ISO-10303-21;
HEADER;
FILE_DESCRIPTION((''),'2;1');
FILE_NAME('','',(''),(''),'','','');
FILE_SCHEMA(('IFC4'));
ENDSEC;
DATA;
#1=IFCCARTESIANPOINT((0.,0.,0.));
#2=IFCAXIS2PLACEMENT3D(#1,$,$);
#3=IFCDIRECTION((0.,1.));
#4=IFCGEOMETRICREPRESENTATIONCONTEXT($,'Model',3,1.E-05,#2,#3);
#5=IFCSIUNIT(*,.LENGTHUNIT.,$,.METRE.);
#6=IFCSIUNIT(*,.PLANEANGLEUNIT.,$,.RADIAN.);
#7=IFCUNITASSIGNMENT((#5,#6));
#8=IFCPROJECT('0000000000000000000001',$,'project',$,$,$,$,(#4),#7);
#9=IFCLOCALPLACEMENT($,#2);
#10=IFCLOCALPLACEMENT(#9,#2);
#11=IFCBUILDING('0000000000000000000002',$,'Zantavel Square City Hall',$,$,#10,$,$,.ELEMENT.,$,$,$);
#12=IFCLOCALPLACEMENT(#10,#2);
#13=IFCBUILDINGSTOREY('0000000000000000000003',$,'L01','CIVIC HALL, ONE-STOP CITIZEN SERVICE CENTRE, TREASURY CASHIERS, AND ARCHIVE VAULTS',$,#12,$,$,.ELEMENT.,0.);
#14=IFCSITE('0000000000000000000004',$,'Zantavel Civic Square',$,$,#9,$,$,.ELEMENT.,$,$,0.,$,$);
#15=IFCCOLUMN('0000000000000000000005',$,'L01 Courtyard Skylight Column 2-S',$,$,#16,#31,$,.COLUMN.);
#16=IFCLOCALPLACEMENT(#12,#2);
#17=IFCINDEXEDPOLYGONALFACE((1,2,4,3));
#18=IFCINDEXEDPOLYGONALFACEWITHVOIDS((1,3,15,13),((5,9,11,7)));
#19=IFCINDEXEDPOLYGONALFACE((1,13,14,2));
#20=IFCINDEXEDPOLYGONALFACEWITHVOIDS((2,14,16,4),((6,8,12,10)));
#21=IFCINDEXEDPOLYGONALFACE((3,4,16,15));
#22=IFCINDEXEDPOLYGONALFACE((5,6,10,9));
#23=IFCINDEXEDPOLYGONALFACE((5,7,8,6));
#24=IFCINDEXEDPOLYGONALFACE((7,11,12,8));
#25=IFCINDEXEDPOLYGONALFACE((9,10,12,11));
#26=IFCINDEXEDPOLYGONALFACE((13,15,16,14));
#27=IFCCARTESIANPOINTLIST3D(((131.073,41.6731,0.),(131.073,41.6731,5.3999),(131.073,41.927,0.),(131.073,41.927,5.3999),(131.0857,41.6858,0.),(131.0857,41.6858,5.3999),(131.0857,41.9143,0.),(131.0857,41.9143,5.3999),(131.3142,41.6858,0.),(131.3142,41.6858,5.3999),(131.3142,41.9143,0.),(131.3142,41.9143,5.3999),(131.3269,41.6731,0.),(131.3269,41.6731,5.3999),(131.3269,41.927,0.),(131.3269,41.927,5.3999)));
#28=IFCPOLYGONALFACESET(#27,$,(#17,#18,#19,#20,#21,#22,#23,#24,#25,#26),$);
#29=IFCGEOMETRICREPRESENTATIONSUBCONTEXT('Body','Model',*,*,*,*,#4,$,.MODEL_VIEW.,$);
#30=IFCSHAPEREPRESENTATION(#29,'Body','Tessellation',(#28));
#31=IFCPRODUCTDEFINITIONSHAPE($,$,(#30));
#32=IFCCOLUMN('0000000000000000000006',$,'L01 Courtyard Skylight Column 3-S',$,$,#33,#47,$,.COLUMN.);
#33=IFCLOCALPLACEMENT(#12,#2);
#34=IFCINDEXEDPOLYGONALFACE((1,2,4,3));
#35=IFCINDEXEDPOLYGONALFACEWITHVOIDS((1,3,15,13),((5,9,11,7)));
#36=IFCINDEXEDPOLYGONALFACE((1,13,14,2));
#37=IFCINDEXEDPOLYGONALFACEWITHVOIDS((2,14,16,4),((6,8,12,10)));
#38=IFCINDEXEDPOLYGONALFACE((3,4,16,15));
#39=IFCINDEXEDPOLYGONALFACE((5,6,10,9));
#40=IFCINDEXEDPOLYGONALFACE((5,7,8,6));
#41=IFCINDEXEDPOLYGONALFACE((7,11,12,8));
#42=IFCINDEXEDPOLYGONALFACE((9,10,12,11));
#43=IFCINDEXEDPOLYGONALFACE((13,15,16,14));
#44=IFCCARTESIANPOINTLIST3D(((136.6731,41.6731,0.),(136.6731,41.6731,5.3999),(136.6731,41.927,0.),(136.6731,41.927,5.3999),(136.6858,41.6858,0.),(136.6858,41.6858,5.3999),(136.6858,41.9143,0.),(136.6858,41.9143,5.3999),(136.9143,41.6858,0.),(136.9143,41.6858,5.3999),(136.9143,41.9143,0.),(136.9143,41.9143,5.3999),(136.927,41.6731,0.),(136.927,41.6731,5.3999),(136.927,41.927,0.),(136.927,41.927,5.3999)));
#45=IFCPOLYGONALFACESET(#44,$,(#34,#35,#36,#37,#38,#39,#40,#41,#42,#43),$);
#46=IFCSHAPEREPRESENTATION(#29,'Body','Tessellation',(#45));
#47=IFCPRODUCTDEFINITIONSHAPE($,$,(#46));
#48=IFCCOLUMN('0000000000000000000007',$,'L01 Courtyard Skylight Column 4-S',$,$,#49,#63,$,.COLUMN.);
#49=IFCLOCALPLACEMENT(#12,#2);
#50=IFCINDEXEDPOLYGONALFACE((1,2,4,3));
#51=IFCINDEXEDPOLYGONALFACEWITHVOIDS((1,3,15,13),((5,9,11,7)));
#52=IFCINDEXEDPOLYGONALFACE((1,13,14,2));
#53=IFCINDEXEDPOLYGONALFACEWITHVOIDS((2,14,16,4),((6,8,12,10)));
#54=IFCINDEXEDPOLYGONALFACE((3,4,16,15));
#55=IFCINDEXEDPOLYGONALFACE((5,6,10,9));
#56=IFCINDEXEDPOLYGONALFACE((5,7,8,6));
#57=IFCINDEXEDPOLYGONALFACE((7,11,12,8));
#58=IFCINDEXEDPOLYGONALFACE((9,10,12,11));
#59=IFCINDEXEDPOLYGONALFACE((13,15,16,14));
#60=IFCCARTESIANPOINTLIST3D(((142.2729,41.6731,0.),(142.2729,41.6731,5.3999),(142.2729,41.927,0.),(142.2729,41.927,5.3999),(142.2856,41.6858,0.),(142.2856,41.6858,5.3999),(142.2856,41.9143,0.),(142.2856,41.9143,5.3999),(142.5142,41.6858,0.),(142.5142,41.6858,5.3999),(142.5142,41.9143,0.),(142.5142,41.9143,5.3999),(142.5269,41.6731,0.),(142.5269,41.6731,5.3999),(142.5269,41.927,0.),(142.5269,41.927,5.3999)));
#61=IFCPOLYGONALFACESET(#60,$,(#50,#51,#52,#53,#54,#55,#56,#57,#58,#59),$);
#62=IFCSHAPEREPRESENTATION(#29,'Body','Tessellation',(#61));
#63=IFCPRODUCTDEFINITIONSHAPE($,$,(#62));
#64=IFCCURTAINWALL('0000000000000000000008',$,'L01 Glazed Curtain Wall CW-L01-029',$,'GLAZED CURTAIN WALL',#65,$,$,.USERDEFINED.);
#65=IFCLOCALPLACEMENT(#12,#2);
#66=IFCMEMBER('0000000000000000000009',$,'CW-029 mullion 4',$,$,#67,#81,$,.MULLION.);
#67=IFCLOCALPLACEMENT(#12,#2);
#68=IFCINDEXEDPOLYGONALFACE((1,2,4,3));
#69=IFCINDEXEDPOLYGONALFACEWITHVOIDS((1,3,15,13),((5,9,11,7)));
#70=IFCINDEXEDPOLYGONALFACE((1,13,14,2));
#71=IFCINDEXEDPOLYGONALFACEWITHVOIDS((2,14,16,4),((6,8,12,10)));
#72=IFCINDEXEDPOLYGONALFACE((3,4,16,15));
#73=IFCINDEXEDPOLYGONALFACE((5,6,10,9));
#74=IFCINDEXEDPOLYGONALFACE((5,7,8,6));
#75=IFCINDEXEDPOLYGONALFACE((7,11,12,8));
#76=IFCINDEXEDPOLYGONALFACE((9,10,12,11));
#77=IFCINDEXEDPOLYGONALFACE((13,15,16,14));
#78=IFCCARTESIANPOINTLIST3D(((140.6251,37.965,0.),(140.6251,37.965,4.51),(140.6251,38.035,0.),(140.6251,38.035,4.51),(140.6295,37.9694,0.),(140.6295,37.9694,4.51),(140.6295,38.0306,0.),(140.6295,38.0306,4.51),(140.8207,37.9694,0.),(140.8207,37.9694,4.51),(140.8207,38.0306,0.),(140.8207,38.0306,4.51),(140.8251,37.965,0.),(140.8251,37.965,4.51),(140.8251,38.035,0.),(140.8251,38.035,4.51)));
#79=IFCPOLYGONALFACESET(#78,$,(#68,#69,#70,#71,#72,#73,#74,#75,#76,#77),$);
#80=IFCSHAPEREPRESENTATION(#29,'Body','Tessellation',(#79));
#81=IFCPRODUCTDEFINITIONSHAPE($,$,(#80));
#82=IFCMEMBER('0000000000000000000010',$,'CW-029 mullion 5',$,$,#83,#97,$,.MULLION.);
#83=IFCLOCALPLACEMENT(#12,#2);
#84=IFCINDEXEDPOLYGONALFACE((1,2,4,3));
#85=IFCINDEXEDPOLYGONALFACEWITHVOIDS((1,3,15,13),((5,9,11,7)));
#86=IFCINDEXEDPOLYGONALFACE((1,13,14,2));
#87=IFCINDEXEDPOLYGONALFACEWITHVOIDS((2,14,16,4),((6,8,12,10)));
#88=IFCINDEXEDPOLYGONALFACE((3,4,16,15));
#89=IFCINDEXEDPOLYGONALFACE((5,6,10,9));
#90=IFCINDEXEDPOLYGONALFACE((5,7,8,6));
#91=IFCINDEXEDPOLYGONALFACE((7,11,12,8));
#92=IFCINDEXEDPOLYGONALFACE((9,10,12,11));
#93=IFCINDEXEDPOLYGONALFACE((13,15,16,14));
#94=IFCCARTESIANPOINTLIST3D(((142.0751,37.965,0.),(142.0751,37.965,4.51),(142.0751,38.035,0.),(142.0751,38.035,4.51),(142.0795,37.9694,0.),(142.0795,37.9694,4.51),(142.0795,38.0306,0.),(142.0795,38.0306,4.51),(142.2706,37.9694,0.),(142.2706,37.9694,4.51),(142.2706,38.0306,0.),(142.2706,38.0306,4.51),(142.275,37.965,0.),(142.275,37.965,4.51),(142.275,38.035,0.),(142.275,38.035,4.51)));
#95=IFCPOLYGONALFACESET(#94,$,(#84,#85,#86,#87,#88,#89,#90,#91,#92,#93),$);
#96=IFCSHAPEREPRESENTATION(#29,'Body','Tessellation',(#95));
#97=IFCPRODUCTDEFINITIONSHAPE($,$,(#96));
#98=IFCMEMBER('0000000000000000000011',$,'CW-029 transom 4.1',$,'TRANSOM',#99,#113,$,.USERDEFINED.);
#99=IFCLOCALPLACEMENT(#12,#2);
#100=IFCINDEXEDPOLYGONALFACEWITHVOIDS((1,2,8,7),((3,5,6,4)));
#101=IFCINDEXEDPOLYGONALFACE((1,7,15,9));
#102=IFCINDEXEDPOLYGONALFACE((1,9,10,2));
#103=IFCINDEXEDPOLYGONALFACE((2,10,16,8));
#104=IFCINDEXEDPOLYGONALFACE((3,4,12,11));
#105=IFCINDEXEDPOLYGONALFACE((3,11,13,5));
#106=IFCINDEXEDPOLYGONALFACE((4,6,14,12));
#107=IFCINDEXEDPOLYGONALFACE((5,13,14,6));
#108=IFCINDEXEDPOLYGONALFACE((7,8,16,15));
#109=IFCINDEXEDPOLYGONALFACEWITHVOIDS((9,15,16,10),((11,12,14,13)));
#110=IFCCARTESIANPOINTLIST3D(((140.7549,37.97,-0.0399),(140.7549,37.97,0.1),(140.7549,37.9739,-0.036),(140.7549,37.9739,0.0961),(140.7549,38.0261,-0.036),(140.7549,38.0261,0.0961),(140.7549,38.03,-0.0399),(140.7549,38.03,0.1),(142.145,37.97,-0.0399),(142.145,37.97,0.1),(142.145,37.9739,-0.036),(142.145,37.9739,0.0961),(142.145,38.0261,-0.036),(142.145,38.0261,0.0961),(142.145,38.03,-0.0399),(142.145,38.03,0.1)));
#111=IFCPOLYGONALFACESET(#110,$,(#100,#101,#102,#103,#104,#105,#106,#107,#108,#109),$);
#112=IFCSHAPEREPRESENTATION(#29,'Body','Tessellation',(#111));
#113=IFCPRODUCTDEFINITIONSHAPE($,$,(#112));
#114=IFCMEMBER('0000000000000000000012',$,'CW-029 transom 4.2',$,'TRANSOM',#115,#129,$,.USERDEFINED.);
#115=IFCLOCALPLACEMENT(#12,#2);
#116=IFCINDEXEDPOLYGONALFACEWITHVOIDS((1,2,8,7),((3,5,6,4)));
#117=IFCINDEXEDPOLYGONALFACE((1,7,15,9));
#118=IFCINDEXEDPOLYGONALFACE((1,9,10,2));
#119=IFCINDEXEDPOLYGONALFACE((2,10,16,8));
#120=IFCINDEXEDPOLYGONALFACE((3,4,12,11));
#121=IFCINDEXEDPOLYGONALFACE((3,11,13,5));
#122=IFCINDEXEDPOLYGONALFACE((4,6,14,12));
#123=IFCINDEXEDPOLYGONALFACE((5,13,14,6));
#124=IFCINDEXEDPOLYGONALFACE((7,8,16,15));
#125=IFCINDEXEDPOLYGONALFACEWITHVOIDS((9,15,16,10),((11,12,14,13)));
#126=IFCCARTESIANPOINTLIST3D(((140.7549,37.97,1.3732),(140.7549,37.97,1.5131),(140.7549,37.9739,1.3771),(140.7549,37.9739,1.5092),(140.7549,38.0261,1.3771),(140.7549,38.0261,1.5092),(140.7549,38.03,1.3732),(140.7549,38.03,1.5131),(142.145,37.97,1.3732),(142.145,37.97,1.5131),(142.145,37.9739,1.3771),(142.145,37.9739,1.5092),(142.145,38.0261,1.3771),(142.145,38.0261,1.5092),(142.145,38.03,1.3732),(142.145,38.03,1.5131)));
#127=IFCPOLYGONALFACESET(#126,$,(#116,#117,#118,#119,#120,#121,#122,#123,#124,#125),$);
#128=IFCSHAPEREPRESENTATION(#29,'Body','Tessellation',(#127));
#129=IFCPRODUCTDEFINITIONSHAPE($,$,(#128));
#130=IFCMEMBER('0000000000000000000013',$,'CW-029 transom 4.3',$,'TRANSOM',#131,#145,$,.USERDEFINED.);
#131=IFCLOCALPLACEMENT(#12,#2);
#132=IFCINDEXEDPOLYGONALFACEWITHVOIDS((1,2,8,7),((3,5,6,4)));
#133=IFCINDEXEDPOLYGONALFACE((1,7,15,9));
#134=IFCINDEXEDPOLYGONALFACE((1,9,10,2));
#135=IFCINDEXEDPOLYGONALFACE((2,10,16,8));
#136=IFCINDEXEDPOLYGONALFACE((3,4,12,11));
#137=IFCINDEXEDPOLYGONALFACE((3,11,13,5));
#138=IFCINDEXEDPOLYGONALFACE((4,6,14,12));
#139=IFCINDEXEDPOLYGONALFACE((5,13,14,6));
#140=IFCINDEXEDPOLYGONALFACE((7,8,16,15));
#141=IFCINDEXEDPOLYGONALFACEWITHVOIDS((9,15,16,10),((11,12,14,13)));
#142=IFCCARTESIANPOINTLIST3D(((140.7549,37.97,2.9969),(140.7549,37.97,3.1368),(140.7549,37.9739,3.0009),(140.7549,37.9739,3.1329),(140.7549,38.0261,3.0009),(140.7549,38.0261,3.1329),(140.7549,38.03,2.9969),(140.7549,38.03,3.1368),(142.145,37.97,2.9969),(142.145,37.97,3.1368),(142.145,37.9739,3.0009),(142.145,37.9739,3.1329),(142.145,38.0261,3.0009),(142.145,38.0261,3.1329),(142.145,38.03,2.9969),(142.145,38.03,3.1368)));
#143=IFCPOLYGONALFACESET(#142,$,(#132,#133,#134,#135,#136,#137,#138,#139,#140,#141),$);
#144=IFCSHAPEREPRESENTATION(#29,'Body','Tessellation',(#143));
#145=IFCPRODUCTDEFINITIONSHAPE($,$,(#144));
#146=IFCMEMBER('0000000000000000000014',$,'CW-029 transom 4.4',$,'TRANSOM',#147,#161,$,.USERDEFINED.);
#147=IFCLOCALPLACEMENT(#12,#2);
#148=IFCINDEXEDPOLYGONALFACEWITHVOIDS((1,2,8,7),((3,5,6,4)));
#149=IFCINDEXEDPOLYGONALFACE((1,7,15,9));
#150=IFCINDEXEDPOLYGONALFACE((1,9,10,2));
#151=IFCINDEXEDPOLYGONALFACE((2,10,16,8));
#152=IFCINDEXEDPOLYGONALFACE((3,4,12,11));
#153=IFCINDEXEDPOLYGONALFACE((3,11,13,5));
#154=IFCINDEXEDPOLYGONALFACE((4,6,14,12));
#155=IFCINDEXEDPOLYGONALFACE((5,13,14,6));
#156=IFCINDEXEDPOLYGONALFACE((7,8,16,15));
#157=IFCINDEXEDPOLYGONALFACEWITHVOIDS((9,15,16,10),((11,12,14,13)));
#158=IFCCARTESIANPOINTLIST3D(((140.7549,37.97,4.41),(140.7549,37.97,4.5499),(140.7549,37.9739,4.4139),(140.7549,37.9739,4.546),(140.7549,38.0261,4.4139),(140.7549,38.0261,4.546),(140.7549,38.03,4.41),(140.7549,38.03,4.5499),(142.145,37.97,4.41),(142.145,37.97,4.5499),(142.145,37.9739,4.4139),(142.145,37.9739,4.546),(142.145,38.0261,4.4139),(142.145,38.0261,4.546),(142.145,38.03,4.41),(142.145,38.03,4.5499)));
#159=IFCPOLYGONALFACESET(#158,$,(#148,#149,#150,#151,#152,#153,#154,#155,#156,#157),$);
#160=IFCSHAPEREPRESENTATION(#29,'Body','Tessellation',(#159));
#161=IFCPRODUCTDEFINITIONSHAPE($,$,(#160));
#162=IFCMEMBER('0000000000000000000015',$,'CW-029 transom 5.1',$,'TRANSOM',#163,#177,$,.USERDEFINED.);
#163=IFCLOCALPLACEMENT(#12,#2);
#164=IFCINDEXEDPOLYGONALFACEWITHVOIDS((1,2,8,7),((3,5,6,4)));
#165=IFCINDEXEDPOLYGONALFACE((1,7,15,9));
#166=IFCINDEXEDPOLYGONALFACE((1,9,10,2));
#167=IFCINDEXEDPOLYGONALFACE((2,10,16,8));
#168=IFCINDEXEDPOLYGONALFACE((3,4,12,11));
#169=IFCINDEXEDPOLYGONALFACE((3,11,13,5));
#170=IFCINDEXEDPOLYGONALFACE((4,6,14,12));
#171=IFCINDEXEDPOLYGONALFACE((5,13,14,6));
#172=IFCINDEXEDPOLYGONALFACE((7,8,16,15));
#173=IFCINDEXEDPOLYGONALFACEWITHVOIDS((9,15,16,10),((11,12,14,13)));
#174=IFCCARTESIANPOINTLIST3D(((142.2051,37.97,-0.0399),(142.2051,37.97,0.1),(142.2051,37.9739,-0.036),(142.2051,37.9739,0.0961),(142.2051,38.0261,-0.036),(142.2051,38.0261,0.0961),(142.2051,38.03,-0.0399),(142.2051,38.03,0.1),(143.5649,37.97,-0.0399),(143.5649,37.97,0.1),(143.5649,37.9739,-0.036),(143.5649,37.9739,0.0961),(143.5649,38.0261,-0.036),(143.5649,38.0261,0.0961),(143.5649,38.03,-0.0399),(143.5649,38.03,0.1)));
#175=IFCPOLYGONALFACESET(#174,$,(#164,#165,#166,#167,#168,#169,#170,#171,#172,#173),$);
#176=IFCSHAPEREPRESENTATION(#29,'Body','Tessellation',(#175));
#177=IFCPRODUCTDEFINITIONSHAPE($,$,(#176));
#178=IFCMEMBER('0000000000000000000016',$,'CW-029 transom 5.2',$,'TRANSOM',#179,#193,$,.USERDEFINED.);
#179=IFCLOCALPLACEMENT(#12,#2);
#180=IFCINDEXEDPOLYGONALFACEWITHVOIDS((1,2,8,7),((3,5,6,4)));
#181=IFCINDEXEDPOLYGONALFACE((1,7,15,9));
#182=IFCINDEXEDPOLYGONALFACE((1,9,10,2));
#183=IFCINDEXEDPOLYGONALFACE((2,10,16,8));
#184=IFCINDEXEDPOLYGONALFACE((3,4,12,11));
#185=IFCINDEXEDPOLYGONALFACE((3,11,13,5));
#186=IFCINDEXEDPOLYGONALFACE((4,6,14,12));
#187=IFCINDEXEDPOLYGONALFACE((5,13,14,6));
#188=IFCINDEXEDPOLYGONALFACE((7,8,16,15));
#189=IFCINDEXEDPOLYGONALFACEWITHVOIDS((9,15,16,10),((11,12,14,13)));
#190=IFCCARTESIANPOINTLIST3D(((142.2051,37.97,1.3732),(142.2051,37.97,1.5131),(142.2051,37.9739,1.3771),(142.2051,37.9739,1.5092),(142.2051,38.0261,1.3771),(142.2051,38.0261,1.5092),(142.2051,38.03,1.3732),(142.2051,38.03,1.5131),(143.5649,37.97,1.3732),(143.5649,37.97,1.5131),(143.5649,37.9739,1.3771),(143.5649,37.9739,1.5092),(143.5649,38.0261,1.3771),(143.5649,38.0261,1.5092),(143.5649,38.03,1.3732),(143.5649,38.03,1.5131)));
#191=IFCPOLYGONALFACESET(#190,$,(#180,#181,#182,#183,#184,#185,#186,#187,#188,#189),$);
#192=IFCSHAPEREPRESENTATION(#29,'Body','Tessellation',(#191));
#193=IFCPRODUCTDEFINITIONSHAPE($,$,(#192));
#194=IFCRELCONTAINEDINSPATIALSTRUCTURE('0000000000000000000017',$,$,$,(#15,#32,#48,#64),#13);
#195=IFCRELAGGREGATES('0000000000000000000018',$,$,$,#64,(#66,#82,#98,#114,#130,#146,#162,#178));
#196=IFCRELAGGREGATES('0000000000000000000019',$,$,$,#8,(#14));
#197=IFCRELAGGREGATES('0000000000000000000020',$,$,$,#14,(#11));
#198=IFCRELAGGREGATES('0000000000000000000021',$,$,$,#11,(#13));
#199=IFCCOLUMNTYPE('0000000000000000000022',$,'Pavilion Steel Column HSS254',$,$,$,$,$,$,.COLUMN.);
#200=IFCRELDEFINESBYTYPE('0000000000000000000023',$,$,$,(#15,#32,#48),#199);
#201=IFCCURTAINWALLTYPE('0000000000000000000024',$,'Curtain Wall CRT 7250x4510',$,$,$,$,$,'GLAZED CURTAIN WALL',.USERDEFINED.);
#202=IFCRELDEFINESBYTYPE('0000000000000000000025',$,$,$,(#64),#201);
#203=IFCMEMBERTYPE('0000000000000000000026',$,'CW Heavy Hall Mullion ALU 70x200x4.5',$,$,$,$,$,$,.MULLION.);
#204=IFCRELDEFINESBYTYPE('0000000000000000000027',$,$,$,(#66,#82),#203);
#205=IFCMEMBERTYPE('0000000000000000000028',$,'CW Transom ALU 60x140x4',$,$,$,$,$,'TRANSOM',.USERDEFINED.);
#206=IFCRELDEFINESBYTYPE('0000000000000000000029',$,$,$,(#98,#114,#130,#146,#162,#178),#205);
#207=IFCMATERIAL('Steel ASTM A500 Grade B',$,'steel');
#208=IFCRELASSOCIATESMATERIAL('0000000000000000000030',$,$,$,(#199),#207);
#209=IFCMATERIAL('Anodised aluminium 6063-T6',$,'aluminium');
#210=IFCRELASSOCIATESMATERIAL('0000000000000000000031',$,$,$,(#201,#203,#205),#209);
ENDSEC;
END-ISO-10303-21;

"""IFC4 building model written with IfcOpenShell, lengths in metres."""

from ifc_helpers import new_model, si_unit, direction, frame, origin, origin_2d, place, context, subcontext, project, spatial, hollow_rectangle, extrude, material, material_profile, profile_set, type_object, element, aggregate, save


model = new_model("IFC4")

# Units and contexts
model_context = context("Model", 3, precision=1e-05, world=origin(), true_north=direction((0.0, 1.0)))
body_context = subcontext(model_context, "Body", "Model", "MODEL_VIEW")
ifc_project = project(units=[si_unit("LENGTHUNIT", "METRE"), si_unit("PLANEANGLEUNIT", "RADIAN")], contexts=[model_context])

# Site, building, storey
site_placement = place(None, origin())
site = spatial("IfcSite", under=ifc_project, at=site_placement, Name="Zantavel Civic Square", CompositionType="ELEMENT", RefElevation=0.0)
building_placement = place(site_placement, origin())
building = spatial("IfcBuilding", under=site, at=building_placement, Name="Zantavel Square City Hall", CompositionType="ELEMENT")
storey_placement = place(building_placement, origin())
storey = spatial("IfcBuildingStorey", under=building, at=storey_placement, Name="L01", Description="CIVIC HALL, ONE-STOP CITIZEN SERVICE CENTRE, TREASURY CASHIERS, AND ARCHIVE VAULTS", CompositionType="ELEMENT", Elevation=0.0)

# Columns
ifc_material_1 = material(Name="Steel ASTM A500 Grade B", Category="steel")
ifc_material_profile_1 = material_profile(ifc_material_1, hollow_rectangle(XDim=0.2539, YDim=0.2539, WallThickness=0.0127, at=origin_2d()), Name="HSS 254x254x12.7")
ifc_profile_set_1 = profile_set([ifc_material_profile_1], Name="Steel ASTM A500 Grade B")
column_type = type_object("IfcColumnType", Name="Pavilion Steel Column HSS254", PredefinedType="COLUMN", material=ifc_profile_set_1)
for number, where, z_axis, x_axis, name in (
    (1, (131.2, 41.8, 0.0), (0.0, 0.0, 1.0), (1.0, 0.0, 0.0), "L01 Courtyard Skylight Column 2-S"),
    (2, (136.8, 41.8, 0.0), (0.0, 0.0, 1.0), (1.0, 0.0, 0.0), "L01 Courtyard Skylight Column 3-S"),
    (3, (142.3999, 41.8, 0.0), (0.0, 0.0, 1.0), (1.0, 0.0, 0.0), "L01 Courtyard Skylight Column 4-S"),
):
    element("IfcColumn", number, at=place(storey_placement, frame(where, z_axis=z_axis, x_axis=x_axis)), inside=storey, type_object=column_type, Name=name, PredefinedType="COLUMN", context=body_context, shape_type="SweptSolid", body=[
        extrude(hollow_rectangle(XDim=0.2539, YDim=0.2539, WallThickness=0.0127, at=origin_2d()), origin(), (0.0, 0.0, 1.0), 5.3999),
    ])

# Curtain wall, members
ifc_material_2 = material(Name="Anodised aluminium 6063-T6", Category="aluminium")
curtain_wall_type = type_object("IfcCurtainWallType", Name="Curtain Wall CRT 7250x4510", ElementType="GLAZED CURTAIN WALL", PredefinedType="USERDEFINED", material=ifc_material_2)
curtain_wall_placement = place(storey_placement, origin())
curtain_wall = element("IfcCurtainWall", 4, at=curtain_wall_placement, inside=storey, type_object=curtain_wall_type, Name="L01 Glazed Curtain Wall CW-L01-029", ObjectType="GLAZED CURTAIN WALL", PredefinedType="USERDEFINED")
ifc_material_profile_2 = material_profile(ifc_material_2, hollow_rectangle(XDim=0.0701, YDim=0.2, WallThickness=0.0044, at=origin_2d()), Name="ALU 70x200x4.5")
ifc_profile_set_2 = profile_set([ifc_material_profile_2], Name="Anodised aluminium 6063-T6")
member_type_1 = type_object("IfcMemberType", Name="CW Heavy Hall Mullion ALU 70x200x4.5", PredefinedType="MULLION", material=ifc_profile_set_2)
member_1_placement = place(storey_placement, frame((140.7251, 38.0, 0.0), z_axis=(0.0, 0.0, 1.0), x_axis=(0.0, 1.0, 0.0)))
member_1 = element("IfcMember", 5, at=member_1_placement, type_object=member_type_1, Name="CW-029 mullion 4", PredefinedType="MULLION", context=body_context, shape_type="SweptSolid", body=[
    extrude(hollow_rectangle(XDim=0.0701, YDim=0.2, WallThickness=0.0044, at=origin_2d()), origin(), (0.0, 0.0, 1.0), 4.51),
])
member_2_placement = place(storey_placement, frame((142.175, 38.0, 0.0), z_axis=(0.0, 0.0, 1.0), x_axis=(0.0, 1.0, 0.0)))
member_2 = element("IfcMember", 6, at=member_2_placement, type_object=member_type_1, Name="CW-029 mullion 5", PredefinedType="MULLION", context=body_context, shape_type="SweptSolid", body=[
    extrude(hollow_rectangle(XDim=0.0701, YDim=0.2, WallThickness=0.0044, at=origin_2d()), origin(), (0.0, 0.0, 1.0), 4.51),
])
ifc_material_profile_3 = material_profile(ifc_material_2, hollow_rectangle(XDim=0.0601, YDim=0.1399, WallThickness=0.0039, at=origin_2d()), Name="ALU 60x140x4")
ifc_profile_set_3 = profile_set([ifc_material_profile_3], Name="Anodised aluminium 6063-T6")
member_type_2 = type_object("IfcMemberType", Name="CW Transom ALU 60x140x4", ElementType="TRANSOM", PredefinedType="USERDEFINED", material=ifc_profile_set_3)
member_3_placement = place(storey_placement, frame((140.7549, 38.0, 0.03), z_axis=(1.0, 0.0, 0.0), x_axis=(0.0, 1.0, 0.0)))
member_3 = element("IfcMember", 7, at=member_3_placement, type_object=member_type_2, Name="CW-029 transom 4.1", ObjectType="TRANSOM", PredefinedType="USERDEFINED", context=body_context, shape_type="SweptSolid", body=[
    extrude(hollow_rectangle(XDim=0.0601, YDim=0.1399, WallThickness=0.0039, at=origin_2d()), origin(), (0.0, 0.0, 1.0), 1.3901),
])
member_4_placement = place(storey_placement, frame((140.7549, 38.0, 1.4431), z_axis=(1.0, 0.0, 0.0), x_axis=(0.0, 1.0, 0.0)))
member_4 = element("IfcMember", 8, at=member_4_placement, type_object=member_type_2, Name="CW-029 transom 4.2", ObjectType="TRANSOM", PredefinedType="USERDEFINED", context=body_context, shape_type="SweptSolid", body=[
    extrude(hollow_rectangle(XDim=0.0601, YDim=0.1399, WallThickness=0.0039, at=origin_2d()), origin(), (0.0, 0.0, 1.0), 1.3901),
])
member_5_placement = place(storey_placement, frame((140.7549, 38.0, 3.0669), z_axis=(1.0, 0.0, 0.0), x_axis=(0.0, 1.0, 0.0)))
member_5 = element("IfcMember", 9, at=member_5_placement, type_object=member_type_2, Name="CW-029 transom 4.3", ObjectType="TRANSOM", PredefinedType="USERDEFINED", context=body_context, shape_type="SweptSolid", body=[
    extrude(hollow_rectangle(XDim=0.0601, YDim=0.1399, WallThickness=0.0039, at=origin_2d()), origin(), (0.0, 0.0, 1.0), 1.3901),
])
member_6_placement = place(storey_placement, frame((140.7549, 38.0, 4.48), z_axis=(1.0, 0.0, 0.0), x_axis=(0.0, 1.0, 0.0)))
member_6 = element("IfcMember", 10, at=member_6_placement, type_object=member_type_2, Name="CW-029 transom 4.4", ObjectType="TRANSOM", PredefinedType="USERDEFINED", context=body_context, shape_type="SweptSolid", body=[
    extrude(hollow_rectangle(XDim=0.0601, YDim=0.1399, WallThickness=0.0039, at=origin_2d()), origin(), (0.0, 0.0, 1.0), 1.3901),
])
member_7_placement = place(storey_placement, frame((142.2051, 38.0, 0.03), z_axis=(1.0, 0.0, 0.0), x_axis=(0.0, 1.0, 0.0)))
member_7 = element("IfcMember", 11, at=member_7_placement, type_object=member_type_2, Name="CW-029 transom 5.1", ObjectType="TRANSOM", PredefinedType="USERDEFINED", context=body_context, shape_type="SweptSolid", body=[
    extrude(hollow_rectangle(XDim=0.0601, YDim=0.1399, WallThickness=0.0039, at=origin_2d()), origin(), (0.0, 0.0, 1.0), 1.3599),
])
member_8_placement = place(storey_placement, frame((142.2051, 38.0, 1.4431), z_axis=(1.0, 0.0, 0.0), x_axis=(0.0, 1.0, 0.0)))
member_8 = element("IfcMember", 12, at=member_8_placement, type_object=member_type_2, Name="CW-029 transom 5.2", ObjectType="TRANSOM", PredefinedType="USERDEFINED", context=body_context, shape_type="SweptSolid", body=[
    extrude(hollow_rectangle(XDim=0.0601, YDim=0.1399, WallThickness=0.0039, at=origin_2d()), origin(), (0.0, 0.0, 1.0), 1.3599),
])
aggregate(curtain_wall, [member_1, member_2, member_3, member_4, member_5, member_6, member_7, member_8])

save(model, "model.ifc")
